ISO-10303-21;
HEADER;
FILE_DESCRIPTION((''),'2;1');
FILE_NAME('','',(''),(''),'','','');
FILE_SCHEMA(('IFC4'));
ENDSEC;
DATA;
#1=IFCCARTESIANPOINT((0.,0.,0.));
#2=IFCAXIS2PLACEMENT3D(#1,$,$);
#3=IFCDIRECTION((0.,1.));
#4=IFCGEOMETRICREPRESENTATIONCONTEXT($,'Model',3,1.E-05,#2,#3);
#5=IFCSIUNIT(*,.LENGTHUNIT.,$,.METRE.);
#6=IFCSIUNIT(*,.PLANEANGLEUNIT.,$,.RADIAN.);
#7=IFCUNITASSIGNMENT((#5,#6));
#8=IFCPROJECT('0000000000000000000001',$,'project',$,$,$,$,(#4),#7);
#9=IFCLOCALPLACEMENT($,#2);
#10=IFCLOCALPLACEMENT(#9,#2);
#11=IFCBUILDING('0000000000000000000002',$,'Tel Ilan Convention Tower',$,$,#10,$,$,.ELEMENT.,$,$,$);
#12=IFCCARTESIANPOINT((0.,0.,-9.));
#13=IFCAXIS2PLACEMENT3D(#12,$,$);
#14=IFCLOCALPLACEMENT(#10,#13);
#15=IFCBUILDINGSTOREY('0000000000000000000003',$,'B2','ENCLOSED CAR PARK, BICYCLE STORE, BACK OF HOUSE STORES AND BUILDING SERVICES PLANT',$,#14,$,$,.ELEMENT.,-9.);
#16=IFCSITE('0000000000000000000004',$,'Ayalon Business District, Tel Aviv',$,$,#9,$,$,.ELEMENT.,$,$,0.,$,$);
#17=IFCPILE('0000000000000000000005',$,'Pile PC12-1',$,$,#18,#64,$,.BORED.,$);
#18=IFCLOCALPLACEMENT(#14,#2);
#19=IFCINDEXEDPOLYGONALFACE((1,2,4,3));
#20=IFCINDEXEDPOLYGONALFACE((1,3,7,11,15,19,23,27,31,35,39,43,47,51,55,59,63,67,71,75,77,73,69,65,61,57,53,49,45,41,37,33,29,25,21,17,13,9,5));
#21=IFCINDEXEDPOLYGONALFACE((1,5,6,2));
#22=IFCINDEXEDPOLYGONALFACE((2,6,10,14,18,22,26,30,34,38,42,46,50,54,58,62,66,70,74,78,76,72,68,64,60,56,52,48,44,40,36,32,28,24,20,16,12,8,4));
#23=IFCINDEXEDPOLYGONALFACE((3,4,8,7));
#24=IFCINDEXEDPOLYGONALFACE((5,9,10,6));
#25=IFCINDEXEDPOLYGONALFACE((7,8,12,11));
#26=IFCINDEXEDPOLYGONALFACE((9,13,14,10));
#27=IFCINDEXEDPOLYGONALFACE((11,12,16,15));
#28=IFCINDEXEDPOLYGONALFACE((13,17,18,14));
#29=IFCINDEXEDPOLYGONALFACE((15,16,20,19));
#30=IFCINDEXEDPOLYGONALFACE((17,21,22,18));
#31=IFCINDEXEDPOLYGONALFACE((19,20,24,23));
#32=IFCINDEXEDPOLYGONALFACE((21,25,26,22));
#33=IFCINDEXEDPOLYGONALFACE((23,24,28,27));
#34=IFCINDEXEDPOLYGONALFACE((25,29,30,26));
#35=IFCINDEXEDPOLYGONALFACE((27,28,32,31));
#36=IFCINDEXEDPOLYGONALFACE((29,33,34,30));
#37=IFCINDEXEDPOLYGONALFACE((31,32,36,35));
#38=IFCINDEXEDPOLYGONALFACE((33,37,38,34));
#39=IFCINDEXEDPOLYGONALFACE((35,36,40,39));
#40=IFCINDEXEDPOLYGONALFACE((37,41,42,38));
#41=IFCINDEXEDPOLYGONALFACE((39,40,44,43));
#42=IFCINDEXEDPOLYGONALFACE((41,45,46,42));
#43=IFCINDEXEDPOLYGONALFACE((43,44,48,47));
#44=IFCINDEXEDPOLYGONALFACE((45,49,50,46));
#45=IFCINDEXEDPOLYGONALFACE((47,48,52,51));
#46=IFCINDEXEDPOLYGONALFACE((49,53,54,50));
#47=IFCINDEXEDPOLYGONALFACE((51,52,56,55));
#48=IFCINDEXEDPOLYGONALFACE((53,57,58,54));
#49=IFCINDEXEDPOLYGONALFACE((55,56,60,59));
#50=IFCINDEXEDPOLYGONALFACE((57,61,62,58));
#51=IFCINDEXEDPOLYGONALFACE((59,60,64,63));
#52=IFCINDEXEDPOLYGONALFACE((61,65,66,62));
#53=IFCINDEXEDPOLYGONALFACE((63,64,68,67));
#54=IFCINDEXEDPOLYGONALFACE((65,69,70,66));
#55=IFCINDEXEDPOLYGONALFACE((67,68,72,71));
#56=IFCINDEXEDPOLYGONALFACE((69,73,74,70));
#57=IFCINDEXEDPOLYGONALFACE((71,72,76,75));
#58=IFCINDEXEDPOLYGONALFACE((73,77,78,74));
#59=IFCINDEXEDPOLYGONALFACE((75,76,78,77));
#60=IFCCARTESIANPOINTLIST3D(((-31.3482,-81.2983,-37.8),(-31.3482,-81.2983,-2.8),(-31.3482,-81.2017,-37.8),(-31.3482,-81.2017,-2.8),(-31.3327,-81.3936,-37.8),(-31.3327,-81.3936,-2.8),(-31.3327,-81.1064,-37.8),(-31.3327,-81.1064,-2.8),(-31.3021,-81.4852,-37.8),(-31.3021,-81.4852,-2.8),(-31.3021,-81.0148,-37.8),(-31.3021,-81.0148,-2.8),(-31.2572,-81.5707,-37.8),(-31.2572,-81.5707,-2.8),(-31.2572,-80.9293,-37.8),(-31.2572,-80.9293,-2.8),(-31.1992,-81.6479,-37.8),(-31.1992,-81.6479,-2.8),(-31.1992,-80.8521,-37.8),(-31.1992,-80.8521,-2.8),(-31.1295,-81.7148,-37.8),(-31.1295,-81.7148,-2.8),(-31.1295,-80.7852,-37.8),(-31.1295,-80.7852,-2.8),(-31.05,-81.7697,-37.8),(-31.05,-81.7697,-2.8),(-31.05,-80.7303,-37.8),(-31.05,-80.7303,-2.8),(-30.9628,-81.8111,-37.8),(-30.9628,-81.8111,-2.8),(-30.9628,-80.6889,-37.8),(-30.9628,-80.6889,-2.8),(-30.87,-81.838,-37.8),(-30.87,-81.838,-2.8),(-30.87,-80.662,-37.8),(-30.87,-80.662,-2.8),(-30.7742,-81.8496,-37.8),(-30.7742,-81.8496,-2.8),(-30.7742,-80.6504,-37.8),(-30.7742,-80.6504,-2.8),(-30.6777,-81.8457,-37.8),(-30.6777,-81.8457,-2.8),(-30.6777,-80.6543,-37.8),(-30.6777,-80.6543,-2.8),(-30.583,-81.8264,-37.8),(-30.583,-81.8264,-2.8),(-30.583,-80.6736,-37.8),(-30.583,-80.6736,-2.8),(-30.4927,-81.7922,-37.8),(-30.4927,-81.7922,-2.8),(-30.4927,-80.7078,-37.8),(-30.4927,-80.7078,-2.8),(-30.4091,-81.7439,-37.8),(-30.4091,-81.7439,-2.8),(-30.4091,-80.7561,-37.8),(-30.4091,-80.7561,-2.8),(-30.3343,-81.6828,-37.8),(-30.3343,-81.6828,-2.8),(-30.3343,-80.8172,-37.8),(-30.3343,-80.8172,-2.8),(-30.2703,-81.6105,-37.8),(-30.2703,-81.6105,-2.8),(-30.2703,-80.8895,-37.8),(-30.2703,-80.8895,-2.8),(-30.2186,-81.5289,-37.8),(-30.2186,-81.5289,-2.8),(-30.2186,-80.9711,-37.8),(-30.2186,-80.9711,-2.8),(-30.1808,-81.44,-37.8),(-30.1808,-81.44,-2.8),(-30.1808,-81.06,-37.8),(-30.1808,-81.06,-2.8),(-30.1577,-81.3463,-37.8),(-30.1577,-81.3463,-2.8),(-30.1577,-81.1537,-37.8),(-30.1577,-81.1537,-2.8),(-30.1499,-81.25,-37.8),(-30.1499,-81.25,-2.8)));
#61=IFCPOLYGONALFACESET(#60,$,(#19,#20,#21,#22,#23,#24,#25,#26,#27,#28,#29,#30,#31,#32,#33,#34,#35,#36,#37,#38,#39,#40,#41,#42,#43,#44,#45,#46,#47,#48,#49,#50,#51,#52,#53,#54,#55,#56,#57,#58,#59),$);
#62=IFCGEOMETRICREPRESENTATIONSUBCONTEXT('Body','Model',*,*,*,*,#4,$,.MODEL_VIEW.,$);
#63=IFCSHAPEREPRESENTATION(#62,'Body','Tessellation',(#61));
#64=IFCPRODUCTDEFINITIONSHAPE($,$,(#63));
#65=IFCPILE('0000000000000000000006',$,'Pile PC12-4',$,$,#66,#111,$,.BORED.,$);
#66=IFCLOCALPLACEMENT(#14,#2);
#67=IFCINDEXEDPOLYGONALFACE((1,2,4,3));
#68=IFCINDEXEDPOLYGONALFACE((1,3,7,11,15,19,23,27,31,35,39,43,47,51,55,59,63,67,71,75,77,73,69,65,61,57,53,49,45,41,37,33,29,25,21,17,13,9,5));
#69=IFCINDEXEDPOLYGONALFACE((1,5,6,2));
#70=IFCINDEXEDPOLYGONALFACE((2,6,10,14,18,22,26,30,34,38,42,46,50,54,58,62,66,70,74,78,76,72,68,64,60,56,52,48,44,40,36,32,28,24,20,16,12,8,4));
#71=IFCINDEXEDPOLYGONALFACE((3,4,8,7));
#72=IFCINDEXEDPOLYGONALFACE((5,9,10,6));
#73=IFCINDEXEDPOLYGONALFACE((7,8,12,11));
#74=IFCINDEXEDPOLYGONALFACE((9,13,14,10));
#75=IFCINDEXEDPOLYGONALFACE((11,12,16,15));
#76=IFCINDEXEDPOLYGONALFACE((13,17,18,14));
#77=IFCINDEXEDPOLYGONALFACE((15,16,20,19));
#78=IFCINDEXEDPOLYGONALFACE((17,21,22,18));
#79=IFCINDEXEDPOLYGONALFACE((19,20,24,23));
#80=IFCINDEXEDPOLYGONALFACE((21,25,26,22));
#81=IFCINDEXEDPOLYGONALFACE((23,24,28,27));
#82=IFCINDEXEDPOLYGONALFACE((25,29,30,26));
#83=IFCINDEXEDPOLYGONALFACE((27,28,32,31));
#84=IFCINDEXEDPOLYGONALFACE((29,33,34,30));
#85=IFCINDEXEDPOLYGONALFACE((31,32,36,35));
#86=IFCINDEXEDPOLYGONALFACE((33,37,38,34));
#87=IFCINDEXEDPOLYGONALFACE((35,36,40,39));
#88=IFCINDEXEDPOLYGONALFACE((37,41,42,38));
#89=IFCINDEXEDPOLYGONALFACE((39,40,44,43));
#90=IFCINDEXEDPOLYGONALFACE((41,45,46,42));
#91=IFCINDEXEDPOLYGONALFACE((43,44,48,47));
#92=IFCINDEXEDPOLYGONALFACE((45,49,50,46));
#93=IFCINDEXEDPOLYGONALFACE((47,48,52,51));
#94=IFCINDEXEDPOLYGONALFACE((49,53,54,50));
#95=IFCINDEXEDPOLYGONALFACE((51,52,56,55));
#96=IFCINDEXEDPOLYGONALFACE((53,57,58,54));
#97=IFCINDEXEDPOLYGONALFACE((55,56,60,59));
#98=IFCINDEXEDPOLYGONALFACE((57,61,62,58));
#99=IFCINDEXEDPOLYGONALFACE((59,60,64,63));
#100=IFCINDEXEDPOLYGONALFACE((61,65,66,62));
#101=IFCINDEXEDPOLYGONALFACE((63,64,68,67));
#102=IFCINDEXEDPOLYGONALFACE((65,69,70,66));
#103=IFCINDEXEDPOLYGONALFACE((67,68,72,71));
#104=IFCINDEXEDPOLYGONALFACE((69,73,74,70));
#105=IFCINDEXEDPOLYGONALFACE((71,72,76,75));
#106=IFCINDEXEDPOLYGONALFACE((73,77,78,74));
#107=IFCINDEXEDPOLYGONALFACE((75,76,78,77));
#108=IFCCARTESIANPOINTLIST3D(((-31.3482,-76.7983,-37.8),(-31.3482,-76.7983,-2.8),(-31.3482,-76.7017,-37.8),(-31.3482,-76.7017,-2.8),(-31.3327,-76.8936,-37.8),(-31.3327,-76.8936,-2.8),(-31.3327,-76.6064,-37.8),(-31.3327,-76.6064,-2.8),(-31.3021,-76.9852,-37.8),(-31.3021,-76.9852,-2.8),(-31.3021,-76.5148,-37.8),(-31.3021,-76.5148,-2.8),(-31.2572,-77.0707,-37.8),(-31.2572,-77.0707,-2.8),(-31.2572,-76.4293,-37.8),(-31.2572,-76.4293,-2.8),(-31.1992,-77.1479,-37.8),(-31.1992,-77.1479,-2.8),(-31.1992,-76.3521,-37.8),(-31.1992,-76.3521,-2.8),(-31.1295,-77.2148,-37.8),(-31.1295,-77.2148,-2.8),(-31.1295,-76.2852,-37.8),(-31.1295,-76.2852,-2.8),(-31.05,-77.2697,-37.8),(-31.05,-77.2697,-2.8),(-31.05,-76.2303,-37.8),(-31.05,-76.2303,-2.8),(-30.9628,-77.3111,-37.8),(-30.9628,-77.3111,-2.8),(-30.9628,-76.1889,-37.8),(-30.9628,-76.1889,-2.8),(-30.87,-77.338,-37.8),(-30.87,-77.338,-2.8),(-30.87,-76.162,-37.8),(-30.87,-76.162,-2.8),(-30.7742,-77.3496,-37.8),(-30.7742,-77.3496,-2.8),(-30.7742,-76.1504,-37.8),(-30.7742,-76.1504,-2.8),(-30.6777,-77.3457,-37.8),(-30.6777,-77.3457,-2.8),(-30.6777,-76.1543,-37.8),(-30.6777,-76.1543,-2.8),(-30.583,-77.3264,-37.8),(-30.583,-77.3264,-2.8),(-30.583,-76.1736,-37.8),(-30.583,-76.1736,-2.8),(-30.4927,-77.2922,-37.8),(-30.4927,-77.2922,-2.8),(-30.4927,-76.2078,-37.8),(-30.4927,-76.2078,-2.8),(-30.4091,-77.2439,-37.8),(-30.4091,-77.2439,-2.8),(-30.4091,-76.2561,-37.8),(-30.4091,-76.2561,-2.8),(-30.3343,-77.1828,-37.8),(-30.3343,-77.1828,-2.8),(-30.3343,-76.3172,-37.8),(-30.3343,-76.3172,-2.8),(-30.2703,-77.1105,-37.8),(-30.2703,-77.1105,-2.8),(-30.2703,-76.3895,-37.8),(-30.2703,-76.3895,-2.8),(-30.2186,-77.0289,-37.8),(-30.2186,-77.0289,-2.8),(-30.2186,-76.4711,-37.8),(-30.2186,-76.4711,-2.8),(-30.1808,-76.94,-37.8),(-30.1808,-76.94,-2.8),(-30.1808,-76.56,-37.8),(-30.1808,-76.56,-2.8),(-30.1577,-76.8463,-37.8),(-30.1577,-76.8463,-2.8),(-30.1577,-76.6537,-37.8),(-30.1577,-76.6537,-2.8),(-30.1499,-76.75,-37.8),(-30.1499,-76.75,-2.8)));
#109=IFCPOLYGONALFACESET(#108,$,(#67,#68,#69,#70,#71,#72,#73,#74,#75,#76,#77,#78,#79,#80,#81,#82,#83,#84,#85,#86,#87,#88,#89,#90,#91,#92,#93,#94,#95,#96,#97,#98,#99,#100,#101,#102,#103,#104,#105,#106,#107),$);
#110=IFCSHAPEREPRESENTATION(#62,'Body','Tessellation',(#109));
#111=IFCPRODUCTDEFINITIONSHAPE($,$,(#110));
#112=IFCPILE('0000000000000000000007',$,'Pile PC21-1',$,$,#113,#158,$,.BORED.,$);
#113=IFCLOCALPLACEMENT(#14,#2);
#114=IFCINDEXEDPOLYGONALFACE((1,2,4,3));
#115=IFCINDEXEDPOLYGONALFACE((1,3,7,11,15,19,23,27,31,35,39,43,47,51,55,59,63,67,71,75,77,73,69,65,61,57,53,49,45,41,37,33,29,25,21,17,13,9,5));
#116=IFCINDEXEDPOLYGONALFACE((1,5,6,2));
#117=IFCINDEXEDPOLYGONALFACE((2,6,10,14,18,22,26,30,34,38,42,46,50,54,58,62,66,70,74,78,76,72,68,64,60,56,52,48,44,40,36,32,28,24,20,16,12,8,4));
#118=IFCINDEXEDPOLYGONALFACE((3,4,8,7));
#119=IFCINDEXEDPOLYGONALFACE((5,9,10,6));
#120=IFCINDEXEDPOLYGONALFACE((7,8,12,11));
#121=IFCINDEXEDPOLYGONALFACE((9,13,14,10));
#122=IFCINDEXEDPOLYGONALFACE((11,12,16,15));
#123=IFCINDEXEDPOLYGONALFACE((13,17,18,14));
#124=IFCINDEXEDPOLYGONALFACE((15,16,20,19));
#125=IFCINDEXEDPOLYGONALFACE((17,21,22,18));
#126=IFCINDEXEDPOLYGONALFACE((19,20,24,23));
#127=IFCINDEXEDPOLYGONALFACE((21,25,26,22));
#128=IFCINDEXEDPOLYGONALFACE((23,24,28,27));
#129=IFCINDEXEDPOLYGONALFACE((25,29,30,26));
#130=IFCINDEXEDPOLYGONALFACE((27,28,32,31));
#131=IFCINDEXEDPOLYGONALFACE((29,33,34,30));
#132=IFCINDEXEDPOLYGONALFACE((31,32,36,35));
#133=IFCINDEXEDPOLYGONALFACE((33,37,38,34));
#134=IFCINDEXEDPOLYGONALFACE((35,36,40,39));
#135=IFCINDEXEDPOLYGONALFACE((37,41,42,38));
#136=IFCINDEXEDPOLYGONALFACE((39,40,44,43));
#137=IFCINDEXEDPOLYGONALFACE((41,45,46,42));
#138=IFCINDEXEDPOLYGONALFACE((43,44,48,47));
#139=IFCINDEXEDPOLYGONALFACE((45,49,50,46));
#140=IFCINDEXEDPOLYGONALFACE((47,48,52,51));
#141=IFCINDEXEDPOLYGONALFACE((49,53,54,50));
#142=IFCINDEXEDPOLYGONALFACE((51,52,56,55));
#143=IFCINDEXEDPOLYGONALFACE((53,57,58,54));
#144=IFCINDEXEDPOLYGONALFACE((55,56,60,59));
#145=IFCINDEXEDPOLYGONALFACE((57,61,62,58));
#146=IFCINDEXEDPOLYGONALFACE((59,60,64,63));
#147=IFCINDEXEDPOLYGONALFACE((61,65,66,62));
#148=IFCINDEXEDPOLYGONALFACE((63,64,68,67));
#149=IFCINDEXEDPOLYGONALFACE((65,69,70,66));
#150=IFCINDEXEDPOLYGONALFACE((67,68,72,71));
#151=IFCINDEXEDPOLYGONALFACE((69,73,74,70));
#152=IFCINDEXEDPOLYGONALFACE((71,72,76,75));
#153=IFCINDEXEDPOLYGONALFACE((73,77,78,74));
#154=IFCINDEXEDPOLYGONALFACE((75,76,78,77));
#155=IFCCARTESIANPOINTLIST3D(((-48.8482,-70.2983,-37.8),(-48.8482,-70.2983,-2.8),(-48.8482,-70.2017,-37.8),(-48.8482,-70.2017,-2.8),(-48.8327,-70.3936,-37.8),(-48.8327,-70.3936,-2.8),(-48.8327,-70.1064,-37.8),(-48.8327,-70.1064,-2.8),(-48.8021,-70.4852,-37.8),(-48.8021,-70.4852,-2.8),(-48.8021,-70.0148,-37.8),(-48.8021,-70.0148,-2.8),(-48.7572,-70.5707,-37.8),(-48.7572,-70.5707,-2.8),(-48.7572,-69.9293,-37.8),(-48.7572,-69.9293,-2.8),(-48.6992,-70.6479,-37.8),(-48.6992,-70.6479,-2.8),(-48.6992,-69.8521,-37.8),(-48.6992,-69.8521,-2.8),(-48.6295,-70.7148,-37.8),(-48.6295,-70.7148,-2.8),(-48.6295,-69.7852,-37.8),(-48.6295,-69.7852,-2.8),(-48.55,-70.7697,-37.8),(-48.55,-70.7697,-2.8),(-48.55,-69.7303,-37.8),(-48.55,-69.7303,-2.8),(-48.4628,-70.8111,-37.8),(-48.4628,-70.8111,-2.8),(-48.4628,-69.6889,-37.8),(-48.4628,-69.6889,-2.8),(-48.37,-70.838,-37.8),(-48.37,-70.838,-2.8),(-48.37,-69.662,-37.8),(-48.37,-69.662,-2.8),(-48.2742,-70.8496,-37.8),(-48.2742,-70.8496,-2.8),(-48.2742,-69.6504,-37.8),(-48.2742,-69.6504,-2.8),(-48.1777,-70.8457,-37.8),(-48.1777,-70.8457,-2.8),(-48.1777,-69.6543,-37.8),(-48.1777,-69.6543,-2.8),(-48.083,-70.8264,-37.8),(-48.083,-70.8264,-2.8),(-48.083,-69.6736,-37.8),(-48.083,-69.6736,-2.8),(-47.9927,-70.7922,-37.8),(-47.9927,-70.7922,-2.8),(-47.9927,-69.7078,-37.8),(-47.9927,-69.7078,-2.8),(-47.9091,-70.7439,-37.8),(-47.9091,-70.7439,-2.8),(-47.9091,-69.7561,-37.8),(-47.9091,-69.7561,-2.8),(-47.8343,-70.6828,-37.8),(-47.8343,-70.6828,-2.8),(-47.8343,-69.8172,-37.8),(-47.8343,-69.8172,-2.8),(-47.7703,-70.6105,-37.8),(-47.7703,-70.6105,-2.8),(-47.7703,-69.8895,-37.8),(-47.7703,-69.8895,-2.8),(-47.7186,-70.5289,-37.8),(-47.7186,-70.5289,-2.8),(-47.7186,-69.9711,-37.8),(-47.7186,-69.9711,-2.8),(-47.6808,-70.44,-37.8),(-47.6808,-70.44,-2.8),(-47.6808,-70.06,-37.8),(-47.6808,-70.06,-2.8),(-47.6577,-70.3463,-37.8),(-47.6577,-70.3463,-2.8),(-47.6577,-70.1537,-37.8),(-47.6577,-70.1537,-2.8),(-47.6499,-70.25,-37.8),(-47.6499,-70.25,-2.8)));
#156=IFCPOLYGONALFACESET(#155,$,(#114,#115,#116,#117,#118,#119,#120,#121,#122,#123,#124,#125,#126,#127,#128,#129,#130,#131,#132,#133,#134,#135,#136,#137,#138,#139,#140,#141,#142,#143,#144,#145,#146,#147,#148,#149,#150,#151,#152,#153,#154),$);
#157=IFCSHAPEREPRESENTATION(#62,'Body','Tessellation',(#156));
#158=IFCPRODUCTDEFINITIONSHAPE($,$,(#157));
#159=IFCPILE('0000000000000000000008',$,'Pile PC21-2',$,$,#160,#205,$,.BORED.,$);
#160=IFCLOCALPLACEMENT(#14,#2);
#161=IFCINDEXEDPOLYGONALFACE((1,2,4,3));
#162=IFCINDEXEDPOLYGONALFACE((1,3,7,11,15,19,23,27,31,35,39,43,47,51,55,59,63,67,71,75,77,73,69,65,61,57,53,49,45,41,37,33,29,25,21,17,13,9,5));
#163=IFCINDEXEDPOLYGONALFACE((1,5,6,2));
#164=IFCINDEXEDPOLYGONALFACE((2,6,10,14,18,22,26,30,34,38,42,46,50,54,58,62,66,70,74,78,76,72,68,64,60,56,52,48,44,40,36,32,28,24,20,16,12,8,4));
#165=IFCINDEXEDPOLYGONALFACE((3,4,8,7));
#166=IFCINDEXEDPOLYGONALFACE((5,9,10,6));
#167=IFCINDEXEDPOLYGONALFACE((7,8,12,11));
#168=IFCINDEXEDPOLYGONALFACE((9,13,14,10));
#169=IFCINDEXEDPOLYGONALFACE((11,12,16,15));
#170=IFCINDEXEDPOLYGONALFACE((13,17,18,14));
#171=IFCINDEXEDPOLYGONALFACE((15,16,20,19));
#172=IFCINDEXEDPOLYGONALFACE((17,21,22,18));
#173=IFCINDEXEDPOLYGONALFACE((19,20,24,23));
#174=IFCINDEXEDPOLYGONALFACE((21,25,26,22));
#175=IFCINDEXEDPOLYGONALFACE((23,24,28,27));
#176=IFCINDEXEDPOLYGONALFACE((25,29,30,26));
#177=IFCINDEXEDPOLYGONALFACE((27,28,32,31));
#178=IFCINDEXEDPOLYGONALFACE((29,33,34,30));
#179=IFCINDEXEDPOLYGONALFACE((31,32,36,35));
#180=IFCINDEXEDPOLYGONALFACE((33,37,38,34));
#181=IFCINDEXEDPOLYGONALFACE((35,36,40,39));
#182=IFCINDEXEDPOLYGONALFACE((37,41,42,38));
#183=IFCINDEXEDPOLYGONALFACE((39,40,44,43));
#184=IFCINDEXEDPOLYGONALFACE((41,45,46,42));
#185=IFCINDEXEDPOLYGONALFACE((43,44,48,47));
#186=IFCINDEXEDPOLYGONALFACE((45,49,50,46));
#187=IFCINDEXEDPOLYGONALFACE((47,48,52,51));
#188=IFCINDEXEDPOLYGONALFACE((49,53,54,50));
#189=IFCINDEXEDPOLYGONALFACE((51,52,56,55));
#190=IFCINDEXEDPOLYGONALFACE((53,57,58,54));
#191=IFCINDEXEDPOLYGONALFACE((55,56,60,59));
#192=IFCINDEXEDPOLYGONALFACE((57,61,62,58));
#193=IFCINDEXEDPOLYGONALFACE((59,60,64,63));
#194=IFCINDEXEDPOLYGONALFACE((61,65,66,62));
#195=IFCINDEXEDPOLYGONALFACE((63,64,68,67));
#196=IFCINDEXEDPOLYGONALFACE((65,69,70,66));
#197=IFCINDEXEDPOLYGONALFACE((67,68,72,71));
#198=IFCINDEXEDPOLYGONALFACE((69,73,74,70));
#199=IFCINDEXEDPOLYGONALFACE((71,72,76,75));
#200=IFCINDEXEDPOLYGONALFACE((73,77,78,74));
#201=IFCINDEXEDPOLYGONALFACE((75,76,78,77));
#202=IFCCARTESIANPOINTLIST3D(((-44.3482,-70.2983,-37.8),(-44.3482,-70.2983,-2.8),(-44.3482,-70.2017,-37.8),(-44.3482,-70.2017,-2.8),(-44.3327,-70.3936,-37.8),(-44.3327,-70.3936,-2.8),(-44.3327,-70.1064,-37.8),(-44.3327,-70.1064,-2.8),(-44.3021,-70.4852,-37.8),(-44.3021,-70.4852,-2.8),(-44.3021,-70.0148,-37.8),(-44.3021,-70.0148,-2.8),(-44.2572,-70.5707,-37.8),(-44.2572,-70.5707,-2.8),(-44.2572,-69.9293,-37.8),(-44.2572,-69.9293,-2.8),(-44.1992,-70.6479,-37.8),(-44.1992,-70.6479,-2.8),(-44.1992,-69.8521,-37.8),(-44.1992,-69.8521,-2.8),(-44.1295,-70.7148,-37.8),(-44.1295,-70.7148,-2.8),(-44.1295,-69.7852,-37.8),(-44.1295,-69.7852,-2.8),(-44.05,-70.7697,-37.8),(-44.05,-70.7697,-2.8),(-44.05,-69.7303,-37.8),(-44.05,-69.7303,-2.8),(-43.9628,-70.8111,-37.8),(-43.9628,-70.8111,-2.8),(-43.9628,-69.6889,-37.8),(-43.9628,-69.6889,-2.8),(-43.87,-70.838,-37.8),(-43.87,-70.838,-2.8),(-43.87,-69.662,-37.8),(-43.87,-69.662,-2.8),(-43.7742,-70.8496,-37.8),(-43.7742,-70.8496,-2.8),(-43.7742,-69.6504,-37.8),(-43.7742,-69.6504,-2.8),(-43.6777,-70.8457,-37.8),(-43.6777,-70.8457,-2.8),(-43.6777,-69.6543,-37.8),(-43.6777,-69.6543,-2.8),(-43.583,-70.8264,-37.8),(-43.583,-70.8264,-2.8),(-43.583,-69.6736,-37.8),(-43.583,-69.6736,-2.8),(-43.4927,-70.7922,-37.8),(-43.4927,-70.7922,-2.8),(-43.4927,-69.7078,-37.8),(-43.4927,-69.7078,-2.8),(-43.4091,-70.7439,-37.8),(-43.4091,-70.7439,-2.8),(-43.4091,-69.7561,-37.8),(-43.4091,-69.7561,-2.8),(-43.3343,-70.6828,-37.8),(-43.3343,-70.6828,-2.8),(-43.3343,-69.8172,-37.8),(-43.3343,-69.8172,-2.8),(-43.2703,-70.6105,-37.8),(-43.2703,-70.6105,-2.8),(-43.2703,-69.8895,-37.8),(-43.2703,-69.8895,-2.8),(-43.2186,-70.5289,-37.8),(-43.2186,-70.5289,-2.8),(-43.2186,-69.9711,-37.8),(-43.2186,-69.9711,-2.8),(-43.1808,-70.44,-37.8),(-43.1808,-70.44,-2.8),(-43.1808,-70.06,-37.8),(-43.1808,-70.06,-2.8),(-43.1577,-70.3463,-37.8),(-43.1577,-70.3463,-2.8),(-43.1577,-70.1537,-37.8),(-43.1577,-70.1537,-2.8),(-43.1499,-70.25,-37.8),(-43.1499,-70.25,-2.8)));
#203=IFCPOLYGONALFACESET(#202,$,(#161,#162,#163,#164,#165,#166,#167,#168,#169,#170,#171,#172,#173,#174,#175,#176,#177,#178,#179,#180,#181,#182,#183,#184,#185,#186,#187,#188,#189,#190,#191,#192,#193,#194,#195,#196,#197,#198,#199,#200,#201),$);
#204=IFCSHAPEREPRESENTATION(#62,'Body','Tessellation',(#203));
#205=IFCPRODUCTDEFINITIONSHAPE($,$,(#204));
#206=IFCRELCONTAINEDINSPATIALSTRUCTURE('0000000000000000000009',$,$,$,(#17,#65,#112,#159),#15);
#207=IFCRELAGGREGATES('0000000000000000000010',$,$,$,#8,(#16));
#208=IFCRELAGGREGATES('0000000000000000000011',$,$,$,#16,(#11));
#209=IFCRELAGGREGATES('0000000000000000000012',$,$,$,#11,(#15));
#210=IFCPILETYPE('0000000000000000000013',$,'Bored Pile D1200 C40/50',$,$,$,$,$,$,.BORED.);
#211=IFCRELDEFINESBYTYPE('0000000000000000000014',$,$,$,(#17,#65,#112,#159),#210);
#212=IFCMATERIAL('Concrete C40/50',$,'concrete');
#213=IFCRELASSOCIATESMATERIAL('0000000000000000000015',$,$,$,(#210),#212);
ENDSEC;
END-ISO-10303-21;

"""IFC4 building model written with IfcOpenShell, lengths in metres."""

from ifc_helpers import new_model, si_unit, direction, frame, origin, origin_2d, place, context, subcontext, project, spatial, circle, extrude, material, material_profile, profile_set, type_object, element, save


model = new_model("IFC4")

# Units and contexts
model_context = context("Model", 3, precision=1e-05, world=origin(), true_north=direction((0.0, 1.0)))
body_context = subcontext(model_context, "Body", "Model", "MODEL_VIEW")
ifc_project = project(units=[si_unit("LENGTHUNIT", "METRE"), si_unit("PLANEANGLEUNIT", "RADIAN")], contexts=[model_context])

# Site, building, storey
site_placement = place(None, origin())
site = spatial("IfcSite", under=ifc_project, at=site_placement, Name="Ayalon Business District, Tel Aviv", CompositionType="ELEMENT", RefElevation=0.0)
building_placement = place(site_placement, origin())
building = spatial("IfcBuilding", under=site, at=building_placement, Name="Tel Ilan Convention Tower", CompositionType="ELEMENT")
storey_placement = place(building_placement, frame((0.0, 0.0, -9.0)))
storey = spatial("IfcBuildingStorey", under=building, at=storey_placement, Name="B2", Description="ENCLOSED CAR PARK, BICYCLE STORE, BACK OF HOUSE STORES AND BUILDING SERVICES PLANT", CompositionType="ELEMENT", Elevation=-9.0)

# Piles
ifc_material_1 = material(Name="Concrete C40/50", Category="concrete")
ifc_material_profile_1 = material_profile(ifc_material_1, circle(Radius=0.6001, at=origin_2d()), Name="BORED D1200")
ifc_profile_set_1 = profile_set([ifc_material_profile_1], Name="Concrete C40/50")
pile_type = type_object("IfcPileType", Name="Bored Pile D1200 C40/50", PredefinedType="BORED", material=ifc_profile_set_1)
for number, where, z_axis, x_axis, name in (
    (1, (-30.75, -81.25, -2.8), (0.0, 0.0, -1.0), (1.0, 0.0, 0.0), "Pile PC12-1"),
    (2, (-30.75, -76.75, -2.8), (0.0, 0.0, -1.0), (1.0, 0.0, 0.0), "Pile PC12-4"),
    (3, (-48.25, -70.25, -2.8), (0.0, 0.0, -1.0), (1.0, 0.0, 0.0), "Pile PC21-1"),
    (4, (-43.75, -70.25, -2.8), (0.0, 0.0, -1.0), (1.0, 0.0, 0.0), "Pile PC21-2"),
):
    element("IfcPile", number, at=place(storey_placement, frame(where, z_axis=z_axis, x_axis=x_axis)), inside=storey, type_object=pile_type, Name=name, PredefinedType="BORED", context=body_context, shape_type="SweptSolid", body=[
        extrude(circle(Radius=0.6001, at=origin_2d()), origin(), (0.0, 0.0, 1.0), 35.0),
    ])

save(model, "model.ifc")
